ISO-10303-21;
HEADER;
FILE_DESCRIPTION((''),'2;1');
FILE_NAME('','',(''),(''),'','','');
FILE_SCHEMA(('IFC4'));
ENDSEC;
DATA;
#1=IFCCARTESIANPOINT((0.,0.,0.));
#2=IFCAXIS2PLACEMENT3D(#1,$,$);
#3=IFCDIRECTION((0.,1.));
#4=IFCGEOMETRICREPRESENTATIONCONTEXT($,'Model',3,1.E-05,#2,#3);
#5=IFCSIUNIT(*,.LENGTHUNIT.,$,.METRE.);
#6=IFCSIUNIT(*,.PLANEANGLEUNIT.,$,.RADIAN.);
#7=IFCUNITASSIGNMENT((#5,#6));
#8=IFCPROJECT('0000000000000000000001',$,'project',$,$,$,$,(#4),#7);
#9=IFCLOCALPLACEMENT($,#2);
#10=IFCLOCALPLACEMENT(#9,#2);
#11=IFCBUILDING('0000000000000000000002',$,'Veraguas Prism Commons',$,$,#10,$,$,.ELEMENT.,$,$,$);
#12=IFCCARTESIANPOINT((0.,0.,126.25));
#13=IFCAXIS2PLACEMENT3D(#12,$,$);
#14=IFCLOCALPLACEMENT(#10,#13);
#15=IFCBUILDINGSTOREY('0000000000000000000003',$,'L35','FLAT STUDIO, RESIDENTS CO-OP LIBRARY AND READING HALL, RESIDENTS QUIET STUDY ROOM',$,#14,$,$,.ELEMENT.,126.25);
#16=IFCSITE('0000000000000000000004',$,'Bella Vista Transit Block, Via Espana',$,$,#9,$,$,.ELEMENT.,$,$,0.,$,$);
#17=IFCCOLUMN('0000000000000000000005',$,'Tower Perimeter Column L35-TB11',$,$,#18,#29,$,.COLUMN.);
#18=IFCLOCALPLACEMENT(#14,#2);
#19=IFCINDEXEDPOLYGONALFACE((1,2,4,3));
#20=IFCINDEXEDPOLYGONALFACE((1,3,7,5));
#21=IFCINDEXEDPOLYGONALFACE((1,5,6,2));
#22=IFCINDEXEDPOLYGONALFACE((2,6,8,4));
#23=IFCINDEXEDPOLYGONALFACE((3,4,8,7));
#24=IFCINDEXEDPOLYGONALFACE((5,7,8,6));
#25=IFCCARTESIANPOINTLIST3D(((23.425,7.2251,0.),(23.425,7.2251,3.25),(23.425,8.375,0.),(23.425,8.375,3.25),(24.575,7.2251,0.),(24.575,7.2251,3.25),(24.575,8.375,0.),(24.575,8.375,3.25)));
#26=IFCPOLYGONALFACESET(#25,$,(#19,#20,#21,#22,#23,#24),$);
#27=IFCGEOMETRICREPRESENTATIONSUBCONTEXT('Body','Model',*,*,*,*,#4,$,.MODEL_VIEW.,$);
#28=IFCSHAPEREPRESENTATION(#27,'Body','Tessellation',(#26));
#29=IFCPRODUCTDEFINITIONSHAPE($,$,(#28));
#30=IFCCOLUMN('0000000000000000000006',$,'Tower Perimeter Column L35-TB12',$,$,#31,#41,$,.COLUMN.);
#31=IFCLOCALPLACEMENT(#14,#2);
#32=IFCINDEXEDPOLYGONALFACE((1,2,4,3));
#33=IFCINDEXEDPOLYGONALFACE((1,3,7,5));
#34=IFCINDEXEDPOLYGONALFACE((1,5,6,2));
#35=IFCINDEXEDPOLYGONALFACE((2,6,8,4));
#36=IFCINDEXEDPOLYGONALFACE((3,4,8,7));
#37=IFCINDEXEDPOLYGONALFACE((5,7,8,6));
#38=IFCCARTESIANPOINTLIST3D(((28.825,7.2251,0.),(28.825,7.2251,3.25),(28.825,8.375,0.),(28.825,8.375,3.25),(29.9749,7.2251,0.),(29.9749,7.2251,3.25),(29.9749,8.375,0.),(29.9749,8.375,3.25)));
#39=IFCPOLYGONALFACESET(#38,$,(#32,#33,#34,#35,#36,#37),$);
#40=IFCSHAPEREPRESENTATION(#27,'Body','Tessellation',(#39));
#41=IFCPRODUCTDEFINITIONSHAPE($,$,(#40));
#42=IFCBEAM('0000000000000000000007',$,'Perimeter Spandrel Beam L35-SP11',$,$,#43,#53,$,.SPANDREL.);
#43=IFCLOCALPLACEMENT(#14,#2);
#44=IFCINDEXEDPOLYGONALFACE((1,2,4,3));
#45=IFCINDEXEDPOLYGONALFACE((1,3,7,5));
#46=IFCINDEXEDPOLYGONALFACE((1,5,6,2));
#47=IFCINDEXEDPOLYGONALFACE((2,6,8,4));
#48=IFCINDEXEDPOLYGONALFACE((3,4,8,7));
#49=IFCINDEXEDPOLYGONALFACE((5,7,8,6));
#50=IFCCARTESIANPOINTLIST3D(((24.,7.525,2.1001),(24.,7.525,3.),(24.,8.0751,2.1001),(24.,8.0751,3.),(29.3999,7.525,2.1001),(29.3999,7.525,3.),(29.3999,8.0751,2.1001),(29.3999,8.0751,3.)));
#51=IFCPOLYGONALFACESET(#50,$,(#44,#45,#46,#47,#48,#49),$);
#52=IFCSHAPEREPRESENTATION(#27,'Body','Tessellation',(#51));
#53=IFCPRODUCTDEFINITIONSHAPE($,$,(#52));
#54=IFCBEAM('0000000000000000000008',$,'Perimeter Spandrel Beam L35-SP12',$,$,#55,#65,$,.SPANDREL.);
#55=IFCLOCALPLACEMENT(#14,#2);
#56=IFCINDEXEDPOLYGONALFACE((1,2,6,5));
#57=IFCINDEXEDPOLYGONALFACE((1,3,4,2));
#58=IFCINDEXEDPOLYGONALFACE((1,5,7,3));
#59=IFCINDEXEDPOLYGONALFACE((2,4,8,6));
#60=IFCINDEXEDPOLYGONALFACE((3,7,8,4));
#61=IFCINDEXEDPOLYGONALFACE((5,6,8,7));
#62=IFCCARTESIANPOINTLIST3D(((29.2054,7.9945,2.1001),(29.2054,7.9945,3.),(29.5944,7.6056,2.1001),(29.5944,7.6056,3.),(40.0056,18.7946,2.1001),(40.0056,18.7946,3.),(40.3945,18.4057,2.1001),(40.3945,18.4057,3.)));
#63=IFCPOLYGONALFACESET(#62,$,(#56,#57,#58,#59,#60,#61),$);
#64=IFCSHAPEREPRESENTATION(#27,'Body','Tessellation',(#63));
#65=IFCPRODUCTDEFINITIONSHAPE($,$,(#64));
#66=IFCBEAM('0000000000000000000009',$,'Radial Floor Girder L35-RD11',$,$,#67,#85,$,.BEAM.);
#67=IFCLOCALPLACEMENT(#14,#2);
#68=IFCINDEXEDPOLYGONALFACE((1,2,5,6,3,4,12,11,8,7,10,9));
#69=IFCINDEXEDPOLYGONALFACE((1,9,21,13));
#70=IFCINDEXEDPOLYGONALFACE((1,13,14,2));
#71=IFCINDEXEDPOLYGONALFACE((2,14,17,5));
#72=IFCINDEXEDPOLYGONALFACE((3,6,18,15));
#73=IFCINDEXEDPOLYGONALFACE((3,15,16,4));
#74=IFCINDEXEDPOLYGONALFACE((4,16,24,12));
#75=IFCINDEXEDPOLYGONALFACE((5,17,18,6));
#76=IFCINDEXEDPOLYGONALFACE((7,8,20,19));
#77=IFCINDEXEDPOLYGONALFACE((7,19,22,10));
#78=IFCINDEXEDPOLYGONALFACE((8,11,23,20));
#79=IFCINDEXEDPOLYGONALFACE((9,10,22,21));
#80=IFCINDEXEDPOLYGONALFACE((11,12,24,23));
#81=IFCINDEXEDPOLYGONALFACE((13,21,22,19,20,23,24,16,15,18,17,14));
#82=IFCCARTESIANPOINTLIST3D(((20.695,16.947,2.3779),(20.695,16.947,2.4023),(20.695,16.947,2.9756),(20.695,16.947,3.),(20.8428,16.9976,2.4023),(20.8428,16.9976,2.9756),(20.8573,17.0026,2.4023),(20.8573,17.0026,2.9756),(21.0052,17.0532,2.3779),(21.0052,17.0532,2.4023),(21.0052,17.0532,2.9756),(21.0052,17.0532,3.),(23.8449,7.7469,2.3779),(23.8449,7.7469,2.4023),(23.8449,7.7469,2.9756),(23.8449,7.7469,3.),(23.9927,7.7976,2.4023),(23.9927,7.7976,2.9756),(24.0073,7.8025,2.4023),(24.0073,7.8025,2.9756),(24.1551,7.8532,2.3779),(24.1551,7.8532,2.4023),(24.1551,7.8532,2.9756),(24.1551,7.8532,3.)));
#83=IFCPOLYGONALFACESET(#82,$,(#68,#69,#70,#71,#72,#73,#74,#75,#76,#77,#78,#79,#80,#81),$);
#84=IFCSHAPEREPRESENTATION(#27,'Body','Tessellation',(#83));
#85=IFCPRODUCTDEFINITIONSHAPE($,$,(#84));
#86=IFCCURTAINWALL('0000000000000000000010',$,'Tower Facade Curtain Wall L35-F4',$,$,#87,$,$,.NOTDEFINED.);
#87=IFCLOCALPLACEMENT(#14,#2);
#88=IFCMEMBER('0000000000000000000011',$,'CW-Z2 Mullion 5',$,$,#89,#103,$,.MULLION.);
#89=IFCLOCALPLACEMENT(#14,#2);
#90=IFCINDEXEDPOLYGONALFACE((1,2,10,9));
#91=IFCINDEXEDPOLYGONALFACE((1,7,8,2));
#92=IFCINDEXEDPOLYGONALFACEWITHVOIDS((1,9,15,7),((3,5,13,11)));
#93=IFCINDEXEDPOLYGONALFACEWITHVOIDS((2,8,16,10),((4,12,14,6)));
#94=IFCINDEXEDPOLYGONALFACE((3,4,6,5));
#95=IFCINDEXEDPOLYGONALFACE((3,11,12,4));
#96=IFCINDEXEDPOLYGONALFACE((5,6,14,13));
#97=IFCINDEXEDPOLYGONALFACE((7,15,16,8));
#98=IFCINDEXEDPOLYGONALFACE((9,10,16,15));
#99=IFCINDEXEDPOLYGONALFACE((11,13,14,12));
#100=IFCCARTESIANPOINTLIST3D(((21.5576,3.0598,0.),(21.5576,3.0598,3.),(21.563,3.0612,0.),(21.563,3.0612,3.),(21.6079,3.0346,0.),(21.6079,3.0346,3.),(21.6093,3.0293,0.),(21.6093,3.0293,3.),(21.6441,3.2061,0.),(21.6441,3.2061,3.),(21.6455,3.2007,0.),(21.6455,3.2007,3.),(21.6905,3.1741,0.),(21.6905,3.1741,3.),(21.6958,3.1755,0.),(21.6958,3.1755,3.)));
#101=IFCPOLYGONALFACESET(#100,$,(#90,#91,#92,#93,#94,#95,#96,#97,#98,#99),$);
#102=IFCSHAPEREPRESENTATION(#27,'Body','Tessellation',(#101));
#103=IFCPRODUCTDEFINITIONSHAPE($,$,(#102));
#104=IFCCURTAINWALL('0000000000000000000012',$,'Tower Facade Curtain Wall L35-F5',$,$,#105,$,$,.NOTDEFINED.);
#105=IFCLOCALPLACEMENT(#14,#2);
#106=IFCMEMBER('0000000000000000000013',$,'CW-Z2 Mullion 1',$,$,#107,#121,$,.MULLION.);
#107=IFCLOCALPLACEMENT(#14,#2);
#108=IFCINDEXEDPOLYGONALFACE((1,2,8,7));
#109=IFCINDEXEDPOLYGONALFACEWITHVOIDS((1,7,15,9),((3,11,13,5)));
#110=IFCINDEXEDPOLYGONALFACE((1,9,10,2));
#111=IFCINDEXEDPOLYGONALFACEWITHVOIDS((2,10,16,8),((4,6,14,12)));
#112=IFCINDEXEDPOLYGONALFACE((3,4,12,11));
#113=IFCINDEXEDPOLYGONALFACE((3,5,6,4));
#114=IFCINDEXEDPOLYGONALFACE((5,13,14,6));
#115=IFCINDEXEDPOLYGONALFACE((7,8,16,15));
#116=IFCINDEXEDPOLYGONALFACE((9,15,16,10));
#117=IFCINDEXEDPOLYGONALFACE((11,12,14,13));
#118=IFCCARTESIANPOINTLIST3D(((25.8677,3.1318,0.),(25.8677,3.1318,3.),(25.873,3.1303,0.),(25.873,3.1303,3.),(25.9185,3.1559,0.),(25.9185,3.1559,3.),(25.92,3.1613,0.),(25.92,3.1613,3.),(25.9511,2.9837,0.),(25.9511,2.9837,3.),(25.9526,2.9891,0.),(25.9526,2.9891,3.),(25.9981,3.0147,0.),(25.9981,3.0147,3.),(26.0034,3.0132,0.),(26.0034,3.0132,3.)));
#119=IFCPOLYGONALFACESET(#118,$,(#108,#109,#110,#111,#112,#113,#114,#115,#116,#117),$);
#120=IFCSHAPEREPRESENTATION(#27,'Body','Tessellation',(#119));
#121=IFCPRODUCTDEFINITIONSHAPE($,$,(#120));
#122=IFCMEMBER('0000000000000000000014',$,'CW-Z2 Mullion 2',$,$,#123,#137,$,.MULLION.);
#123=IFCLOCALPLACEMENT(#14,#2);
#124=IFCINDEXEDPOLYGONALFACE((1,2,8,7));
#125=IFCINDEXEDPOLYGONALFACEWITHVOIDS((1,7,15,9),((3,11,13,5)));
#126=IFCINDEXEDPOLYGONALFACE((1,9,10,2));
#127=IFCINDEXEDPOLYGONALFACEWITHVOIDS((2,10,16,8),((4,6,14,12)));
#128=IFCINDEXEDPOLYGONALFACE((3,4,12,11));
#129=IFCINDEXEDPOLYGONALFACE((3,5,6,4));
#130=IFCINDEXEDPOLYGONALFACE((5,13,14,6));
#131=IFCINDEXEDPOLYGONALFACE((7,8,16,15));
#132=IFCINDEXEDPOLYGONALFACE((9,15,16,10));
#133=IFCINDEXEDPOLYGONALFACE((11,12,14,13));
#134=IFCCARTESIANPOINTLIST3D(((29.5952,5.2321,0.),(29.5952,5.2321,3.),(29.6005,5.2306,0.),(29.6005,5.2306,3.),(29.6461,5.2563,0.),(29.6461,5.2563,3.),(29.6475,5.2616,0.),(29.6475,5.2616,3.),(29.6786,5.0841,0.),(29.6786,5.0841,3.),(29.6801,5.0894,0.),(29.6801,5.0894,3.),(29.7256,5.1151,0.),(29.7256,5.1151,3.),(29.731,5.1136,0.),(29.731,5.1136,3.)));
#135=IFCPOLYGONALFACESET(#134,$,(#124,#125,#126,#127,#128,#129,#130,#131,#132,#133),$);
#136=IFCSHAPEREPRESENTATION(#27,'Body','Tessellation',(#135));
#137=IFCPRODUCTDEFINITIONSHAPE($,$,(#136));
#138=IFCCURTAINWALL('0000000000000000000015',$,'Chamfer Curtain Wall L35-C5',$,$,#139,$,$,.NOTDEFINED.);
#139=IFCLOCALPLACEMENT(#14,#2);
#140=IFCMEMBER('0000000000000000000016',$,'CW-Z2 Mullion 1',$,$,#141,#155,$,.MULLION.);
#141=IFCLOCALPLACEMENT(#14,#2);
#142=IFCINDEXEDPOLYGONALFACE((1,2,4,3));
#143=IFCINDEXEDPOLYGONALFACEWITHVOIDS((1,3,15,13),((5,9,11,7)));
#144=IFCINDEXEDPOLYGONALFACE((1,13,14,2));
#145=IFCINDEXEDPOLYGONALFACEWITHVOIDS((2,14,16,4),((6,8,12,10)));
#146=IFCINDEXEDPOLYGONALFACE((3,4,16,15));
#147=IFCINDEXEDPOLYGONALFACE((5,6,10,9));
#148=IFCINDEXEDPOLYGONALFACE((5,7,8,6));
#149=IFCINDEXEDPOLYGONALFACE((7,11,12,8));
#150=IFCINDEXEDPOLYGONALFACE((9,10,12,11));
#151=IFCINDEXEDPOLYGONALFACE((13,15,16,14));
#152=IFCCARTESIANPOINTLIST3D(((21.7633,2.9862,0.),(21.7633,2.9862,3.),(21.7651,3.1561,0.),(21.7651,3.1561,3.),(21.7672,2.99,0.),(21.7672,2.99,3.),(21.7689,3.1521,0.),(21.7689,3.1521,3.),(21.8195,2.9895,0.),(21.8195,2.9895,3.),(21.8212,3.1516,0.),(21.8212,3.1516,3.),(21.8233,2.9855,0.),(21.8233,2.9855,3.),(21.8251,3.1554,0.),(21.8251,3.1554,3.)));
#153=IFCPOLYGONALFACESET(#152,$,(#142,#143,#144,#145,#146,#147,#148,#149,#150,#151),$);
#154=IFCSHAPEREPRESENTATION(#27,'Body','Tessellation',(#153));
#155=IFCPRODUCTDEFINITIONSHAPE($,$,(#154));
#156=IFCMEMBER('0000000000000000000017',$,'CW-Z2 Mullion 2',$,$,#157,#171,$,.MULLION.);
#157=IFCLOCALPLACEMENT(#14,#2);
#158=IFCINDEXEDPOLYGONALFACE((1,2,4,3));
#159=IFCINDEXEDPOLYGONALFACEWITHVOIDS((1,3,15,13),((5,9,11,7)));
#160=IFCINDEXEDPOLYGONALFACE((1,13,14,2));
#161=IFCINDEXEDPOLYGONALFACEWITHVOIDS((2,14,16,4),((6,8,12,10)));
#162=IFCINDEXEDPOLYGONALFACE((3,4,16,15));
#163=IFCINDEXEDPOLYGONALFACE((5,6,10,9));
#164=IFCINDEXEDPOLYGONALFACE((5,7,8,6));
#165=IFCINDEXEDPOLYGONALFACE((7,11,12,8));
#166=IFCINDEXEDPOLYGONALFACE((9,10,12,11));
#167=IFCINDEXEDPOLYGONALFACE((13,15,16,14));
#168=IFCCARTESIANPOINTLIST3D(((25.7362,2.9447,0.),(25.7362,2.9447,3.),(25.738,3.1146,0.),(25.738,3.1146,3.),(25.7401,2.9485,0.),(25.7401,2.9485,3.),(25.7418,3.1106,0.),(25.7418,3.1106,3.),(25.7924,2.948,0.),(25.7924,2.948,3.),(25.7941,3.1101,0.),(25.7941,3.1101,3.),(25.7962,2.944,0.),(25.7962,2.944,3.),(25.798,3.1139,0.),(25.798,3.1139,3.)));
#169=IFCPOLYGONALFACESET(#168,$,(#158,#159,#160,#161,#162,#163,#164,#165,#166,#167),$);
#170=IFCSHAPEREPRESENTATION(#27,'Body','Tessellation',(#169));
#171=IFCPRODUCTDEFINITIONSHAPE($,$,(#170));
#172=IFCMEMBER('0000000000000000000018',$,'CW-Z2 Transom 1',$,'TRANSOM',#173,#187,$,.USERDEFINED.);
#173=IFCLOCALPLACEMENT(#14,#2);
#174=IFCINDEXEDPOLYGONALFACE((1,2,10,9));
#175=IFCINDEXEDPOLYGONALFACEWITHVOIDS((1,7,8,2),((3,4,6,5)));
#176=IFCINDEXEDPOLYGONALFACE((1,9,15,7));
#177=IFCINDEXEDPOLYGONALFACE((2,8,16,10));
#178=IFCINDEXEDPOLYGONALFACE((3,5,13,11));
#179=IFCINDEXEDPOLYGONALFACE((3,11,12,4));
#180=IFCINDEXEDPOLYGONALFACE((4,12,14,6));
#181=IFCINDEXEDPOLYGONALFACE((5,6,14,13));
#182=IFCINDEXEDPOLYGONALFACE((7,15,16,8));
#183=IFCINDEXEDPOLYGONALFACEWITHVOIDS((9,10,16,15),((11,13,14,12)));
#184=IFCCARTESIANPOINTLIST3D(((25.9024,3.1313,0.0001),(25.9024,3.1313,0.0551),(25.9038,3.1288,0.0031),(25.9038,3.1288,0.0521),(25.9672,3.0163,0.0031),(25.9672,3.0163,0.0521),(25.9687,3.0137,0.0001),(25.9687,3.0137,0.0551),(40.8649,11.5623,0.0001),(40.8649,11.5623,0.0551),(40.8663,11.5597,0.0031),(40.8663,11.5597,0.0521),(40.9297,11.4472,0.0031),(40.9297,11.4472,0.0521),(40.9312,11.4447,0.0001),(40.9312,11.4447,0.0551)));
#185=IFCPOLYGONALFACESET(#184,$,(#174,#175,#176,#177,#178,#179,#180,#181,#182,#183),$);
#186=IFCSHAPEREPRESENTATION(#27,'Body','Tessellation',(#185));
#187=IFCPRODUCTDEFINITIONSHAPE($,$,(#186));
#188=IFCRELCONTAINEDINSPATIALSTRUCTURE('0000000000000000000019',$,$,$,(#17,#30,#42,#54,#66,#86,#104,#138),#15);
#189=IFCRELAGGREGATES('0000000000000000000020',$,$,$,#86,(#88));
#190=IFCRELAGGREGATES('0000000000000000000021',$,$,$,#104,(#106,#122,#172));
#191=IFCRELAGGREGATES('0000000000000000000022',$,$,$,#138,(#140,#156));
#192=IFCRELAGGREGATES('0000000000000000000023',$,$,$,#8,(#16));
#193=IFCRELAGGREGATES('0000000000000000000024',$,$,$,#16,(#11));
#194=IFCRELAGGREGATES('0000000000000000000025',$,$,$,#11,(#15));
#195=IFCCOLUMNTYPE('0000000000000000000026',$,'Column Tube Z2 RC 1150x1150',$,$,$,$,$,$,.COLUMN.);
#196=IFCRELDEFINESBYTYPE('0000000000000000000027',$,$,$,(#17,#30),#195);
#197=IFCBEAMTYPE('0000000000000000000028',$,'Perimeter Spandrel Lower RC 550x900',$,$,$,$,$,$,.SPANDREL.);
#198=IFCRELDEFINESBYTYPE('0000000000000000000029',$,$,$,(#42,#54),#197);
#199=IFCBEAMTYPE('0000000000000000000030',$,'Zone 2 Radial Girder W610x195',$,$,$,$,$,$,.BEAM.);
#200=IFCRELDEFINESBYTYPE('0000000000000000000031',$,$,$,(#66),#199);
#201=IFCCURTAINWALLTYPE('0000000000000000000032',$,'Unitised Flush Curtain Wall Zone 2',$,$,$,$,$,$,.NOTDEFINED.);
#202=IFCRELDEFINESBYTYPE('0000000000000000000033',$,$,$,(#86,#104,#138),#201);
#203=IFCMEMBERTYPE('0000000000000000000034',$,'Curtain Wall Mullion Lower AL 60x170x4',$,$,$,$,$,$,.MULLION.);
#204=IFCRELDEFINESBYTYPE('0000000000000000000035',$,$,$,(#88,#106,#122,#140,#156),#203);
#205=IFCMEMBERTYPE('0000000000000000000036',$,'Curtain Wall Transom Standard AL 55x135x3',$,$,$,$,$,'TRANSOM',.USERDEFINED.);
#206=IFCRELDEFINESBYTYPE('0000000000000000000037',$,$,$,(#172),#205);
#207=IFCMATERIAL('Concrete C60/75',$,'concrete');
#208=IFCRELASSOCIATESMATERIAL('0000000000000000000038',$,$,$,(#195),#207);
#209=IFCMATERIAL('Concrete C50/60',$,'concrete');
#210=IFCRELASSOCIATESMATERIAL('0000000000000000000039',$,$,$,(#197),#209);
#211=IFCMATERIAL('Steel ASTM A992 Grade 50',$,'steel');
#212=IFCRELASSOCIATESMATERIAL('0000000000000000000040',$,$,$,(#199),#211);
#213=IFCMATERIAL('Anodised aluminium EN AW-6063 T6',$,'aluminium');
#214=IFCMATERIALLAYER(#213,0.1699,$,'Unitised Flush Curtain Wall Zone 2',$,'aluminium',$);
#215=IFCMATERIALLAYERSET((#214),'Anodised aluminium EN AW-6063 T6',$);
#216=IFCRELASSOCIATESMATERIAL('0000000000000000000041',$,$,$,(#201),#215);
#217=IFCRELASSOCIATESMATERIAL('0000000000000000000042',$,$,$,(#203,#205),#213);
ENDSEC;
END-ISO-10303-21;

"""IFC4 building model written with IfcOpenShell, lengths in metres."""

from ifc_helpers import new_model, si_unit, direction, frame, origin, origin_2d, place, context, subcontext, project, spatial, rectangle, hollow_rectangle, i_section, extrude, source, transform, mapped, material, layer, layer_set, material_profile, profile_set, type_object, element, aggregate, save


model = new_model("IFC4")

# Units and contexts
model_context = context("Model", 3, precision=1e-05, world=origin(), true_north=direction((0.0, 1.0)))
body_context = subcontext(model_context, "Body", "Model", "MODEL_VIEW")
ifc_project = project(units=[si_unit("LENGTHUNIT", "METRE"), si_unit("PLANEANGLEUNIT", "RADIAN")], contexts=[model_context])

# Site, building, storey
site_placement = place(None, origin())
site = spatial("IfcSite", under=ifc_project, at=site_placement, Name="Bella Vista Transit Block, Via Espana", CompositionType="ELEMENT", RefElevation=0.0)
building_placement = place(site_placement, origin())
building = spatial("IfcBuilding", under=site, at=building_placement, Name="Veraguas Prism Commons", CompositionType="ELEMENT")
storey_placement = place(building_placement, frame((0.0, 0.0, 126.25)))
storey = spatial("IfcBuildingStorey", under=building, at=storey_placement, Name="L35", Description="FLAT STUDIO, RESIDENTS CO-OP LIBRARY AND READING HALL, RESIDENTS QUIET STUDY ROOM", CompositionType="ELEMENT", Elevation=126.25)

# Columns
ifc_material_1 = material(Name="Concrete C60/75", Category="concrete")
ifc_material_profile_1 = material_profile(ifc_material_1, rectangle(XDim=1.1499, YDim=1.1499, at=origin_2d()), Name="RC1150X1150")
ifc_profile_set_1 = profile_set([ifc_material_profile_1], Name="Concrete C60/75")
column_type = type_object("IfcColumnType", Name="Column Tube Z2 RC 1150x1150", PredefinedType="COLUMN", material=ifc_profile_set_1)
for number, where, z_axis, x_axis, name in (
    (1, (24.0, 7.8, 0.0), (0.0, 0.0, 1.0), (1.0, 0.0, 0.0), "Tower Perimeter Column L35-TB11"),
    (2, (29.3999, 7.8, 0.0), (0.0, 0.0, 1.0), (1.0, 0.0, 0.0), "Tower Perimeter Column L35-TB12"),
):
    element("IfcColumn", number, at=place(storey_placement, frame(where, z_axis=z_axis, x_axis=x_axis)), inside=storey, type_object=column_type, Name=name, PredefinedType="COLUMN", context=body_context, shape_type="SweptSolid", body=[
        extrude(rectangle(XDim=1.1499, YDim=1.1499, at=origin_2d()), origin(), (0.0, 0.0, 1.0), 3.25),
    ])

# Beams
ifc_material_2 = material(Name="Concrete C50/60", Category="concrete")
ifc_material_profile_2 = material_profile(ifc_material_2, rectangle(XDim=0.55, YDim=0.8999, at=origin_2d()), Name="RC550X900")
ifc_profile_set_2 = profile_set([ifc_material_profile_2], Name="Concrete C50/60")
beam_type_1 = type_object("IfcBeamType", Name="Perimeter Spandrel Lower RC 550x900", PredefinedType="SPANDREL", material=ifc_profile_set_2)
beam_1_placement = place(storey_placement, frame((24.0, 7.8, 2.55), z_axis=(1.0, 0.0, 0.0), x_axis=(0.0, 1.0, 0.0)))
element("IfcBeam", 3, at=beam_1_placement, inside=storey, type_object=beam_type_1, Name="Perimeter Spandrel Beam L35-SP11", PredefinedType="SPANDREL", context=body_context, shape_type="SweptSolid", body=[
    extrude(rectangle(XDim=0.55, YDim=0.8999, at=origin_2d()), origin(), (0.0, 0.0, 1.0), 5.3999),
])
beam_2_placement = place(storey_placement, frame((29.3999, 7.8, 2.55), z_axis=(0.707107, 0.707107, 0.0), x_axis=(-0.707107, 0.707107, 0.0)))
element("IfcBeam", 4, at=beam_2_placement, inside=storey, type_object=beam_type_1, Name="Perimeter Spandrel Beam L35-SP12", PredefinedType="SPANDREL", context=body_context, shape_type="SweptSolid", body=[
    extrude(rectangle(XDim=0.55, YDim=0.8999, at=origin_2d()), origin(), (0.0, 0.0, 1.0), 15.2737),
])
ifc_material_3 = material(Name="Steel ASTM A992 Grade 50", Category="steel")
ifc_material_profile_3 = material_profile(ifc_material_3, i_section(OverallWidth=0.3279, OverallDepth=0.6221, WebThickness=0.0154, FlangeThickness=0.0244, at=origin_2d()), Name="W610X195")
ifc_profile_set_3 = profile_set([ifc_material_profile_3], Name="Steel ASTM A992 Grade 50")
beam_type_2 = type_object("IfcBeamType", Name="Zone 2 Radial Girder W610x195", PredefinedType="BEAM", material=ifc_profile_set_3)
beam_3_placement = place(storey_placement, frame((24.0, 7.8, 2.689), z_axis=(-0.323922, 0.946084, 0.0), x_axis=(-0.946084, -0.323922, 0.0)))
element("IfcBeam", 5, at=beam_3_placement, inside=storey, type_object=beam_type_2, Name="Radial Floor Girder L35-RD11", PredefinedType="BEAM", context=body_context, shape_type="SweptSolid", body=[
    extrude(i_section(OverallWidth=0.3279, OverallDepth=0.6221, WebThickness=0.0154, FlangeThickness=0.0244, at=origin_2d()), origin(), (0.0, 0.0, 1.0), 9.7244),
])

# Curtain wall, member
ifc_material_4 = material(Name="Anodised aluminium EN AW-6063 T6", Category="aluminium")
ifc_layer_1 = layer(ifc_material_4, 0.1699, Name="Unitised Flush Curtain Wall Zone 2", Category="aluminium")
ifc_layer_set_1 = layer_set([ifc_layer_1], Name="Anodised aluminium EN AW-6063 T6")
curtain_wall_type = type_object("IfcCurtainWallType", Name="Unitised Flush Curtain Wall Zone 2", PredefinedType="NOTDEFINED", material=ifc_layer_set_1)
curtain_wall_1_placement = place(storey_placement, origin())
curtain_wall_1 = element("IfcCurtainWall", 6, at=curtain_wall_1_placement, inside=storey, type_object=curtain_wall_type, Name="Tower Facade Curtain Wall L35-F4", PredefinedType="NOTDEFINED")
ifc_material_profile_4 = material_profile(ifc_material_4, hollow_rectangle(XDim=0.0601, YDim=0.1699, WallThickness=0.0039, at=origin_2d()), Name="AL60X170X4")
ifc_profile_set_4 = profile_set([ifc_material_profile_4], Name="Anodised aluminium EN AW-6063 T6")
member_type_1 = type_object("IfcMemberType", Name="Curtain Wall Mullion Lower AL 60x170x4", PredefinedType="MULLION", material=ifc_profile_set_4)
shared_shape_1 = source(origin(), body_context, "Body", "SweptSolid", [
    extrude(hollow_rectangle(XDim=0.0601, YDim=0.1699, WallThickness=0.0039, at=origin_2d()), origin(), (0.0, 0.0, 1.0), 3.0),
])
member_1_placement = place(storey_placement, frame((21.6267, 3.1177, 0.0), z_axis=(0.0, 0.0, 1.0), x_axis=(0.860742, -0.509041, 0.0)))
member_1 = element("IfcMember", 7, at=member_1_placement, type_object=member_type_1, Name="CW-Z2 Mullion 5", PredefinedType="MULLION", context=body_context, shape_type="MappedRepresentation", body=[
    mapped(shared_shape_1, transform((0.0, 0.0, 0.0), scale=1.0)),
])
aggregate(curtain_wall_1, [member_1])

# Curtain walls, members
curtain_wall_2_placement = place(storey_placement, origin())
curtain_wall_2 = element("IfcCurtainWall", 8, at=curtain_wall_2_placement, inside=storey, type_object=curtain_wall_type, Name="Tower Facade Curtain Wall L35-F5", PredefinedType="NOTDEFINED")
member_2_placement = place(storey_placement, frame((25.9355, 3.0725, 0.0), z_axis=(0.0, 0.0, 1.0), x_axis=(0.871215, 0.490902, 0.0)))
member_2 = element("IfcMember", 9, at=member_2_placement, type_object=member_type_1, Name="CW-Z2 Mullion 1", PredefinedType="MULLION", context=body_context, shape_type="MappedRepresentation", body=[
    mapped(shared_shape_1, transform((0.0, 0.0, 0.0), scale=1.0)),
])
member_3_placement = place(storey_placement, frame((29.6631, 5.1729, 0.0), z_axis=(0.0, 0.0, 1.0), x_axis=(0.871215, 0.490902, 0.0)))
member_3 = element("IfcMember", 10, at=member_3_placement, type_object=member_type_1, Name="CW-Z2 Mullion 2", PredefinedType="MULLION", context=body_context, shape_type="MappedRepresentation", body=[
    mapped(shared_shape_1, transform((0.0, 0.0, 0.0), scale=1.0)),
])
curtain_wall_3_placement = place(storey_placement, origin())
curtain_wall_3 = element("IfcCurtainWall", 11, at=curtain_wall_3_placement, inside=storey, type_object=curtain_wall_type, Name="Chamfer Curtain Wall L35-C5", PredefinedType="NOTDEFINED")
member_4_placement = place(storey_placement, frame((21.7942, 3.0708, 0.0), z_axis=(0.0, 0.0, 1.0), x_axis=(0.999945, -0.010487, 0.0)))
member_4 = element("IfcMember", 12, at=member_4_placement, type_object=member_type_1, Name="CW-Z2 Mullion 1", PredefinedType="MULLION", context=body_context, shape_type="MappedRepresentation", body=[
    mapped(shared_shape_1, transform((0.0, 0.0, 0.0), scale=1.0)),
])
member_5_placement = place(storey_placement, frame((25.7671, 3.0293, 0.0), z_axis=(0.0, 0.0, 1.0), x_axis=(0.999945, -0.010487, 0.0)))
member_5 = element("IfcMember", 13, at=member_5_placement, type_object=member_type_1, Name="CW-Z2 Mullion 2", PredefinedType="MULLION", context=body_context, shape_type="MappedRepresentation", body=[
    mapped(shared_shape_1, transform((0.0, 0.0, 0.0), scale=1.0)),
])

# Member
ifc_material_profile_5 = material_profile(ifc_material_4, hollow_rectangle(XDim=0.0549, YDim=0.135, WallThickness=0.0029, at=origin_2d()), Name="AL55X135X3")
ifc_profile_set_5 = profile_set([ifc_material_profile_5], Name="Anodised aluminium EN AW-6063 T6")
member_type_2 = type_object("IfcMemberType", Name="Curtain Wall Transom Standard AL 55x135x3", ElementType="TRANSOM", PredefinedType="USERDEFINED", material=ifc_profile_set_5)
shared_shape_2 = source(origin(), body_context, "Body", "SweptSolid", [
    extrude(hollow_rectangle(XDim=0.0549, YDim=0.135, WallThickness=0.0029, at=origin_2d()), origin(), (0.0, 0.0, 1.0), 17.1743),
])
member_6_placement = place(storey_placement, frame((25.9355, 3.0725, 0.0276), z_axis=(0.871213, 0.490905, 0.0), x_axis=(0.0, 0.0, 1.0)))
member_6 = element("IfcMember", 14, at=member_6_placement, type_object=member_type_2, Name="CW-Z2 Transom 1", ObjectType="TRANSOM", PredefinedType="USERDEFINED", context=body_context, shape_type="MappedRepresentation", body=[
    mapped(shared_shape_2, transform((0.0, 0.0, 0.0), scale=1.0)),
])

aggregate(curtain_wall_2, [member_2, member_3, member_6])
aggregate(curtain_wall_3, [member_4, member_5])

save(model, "model.ifc")
